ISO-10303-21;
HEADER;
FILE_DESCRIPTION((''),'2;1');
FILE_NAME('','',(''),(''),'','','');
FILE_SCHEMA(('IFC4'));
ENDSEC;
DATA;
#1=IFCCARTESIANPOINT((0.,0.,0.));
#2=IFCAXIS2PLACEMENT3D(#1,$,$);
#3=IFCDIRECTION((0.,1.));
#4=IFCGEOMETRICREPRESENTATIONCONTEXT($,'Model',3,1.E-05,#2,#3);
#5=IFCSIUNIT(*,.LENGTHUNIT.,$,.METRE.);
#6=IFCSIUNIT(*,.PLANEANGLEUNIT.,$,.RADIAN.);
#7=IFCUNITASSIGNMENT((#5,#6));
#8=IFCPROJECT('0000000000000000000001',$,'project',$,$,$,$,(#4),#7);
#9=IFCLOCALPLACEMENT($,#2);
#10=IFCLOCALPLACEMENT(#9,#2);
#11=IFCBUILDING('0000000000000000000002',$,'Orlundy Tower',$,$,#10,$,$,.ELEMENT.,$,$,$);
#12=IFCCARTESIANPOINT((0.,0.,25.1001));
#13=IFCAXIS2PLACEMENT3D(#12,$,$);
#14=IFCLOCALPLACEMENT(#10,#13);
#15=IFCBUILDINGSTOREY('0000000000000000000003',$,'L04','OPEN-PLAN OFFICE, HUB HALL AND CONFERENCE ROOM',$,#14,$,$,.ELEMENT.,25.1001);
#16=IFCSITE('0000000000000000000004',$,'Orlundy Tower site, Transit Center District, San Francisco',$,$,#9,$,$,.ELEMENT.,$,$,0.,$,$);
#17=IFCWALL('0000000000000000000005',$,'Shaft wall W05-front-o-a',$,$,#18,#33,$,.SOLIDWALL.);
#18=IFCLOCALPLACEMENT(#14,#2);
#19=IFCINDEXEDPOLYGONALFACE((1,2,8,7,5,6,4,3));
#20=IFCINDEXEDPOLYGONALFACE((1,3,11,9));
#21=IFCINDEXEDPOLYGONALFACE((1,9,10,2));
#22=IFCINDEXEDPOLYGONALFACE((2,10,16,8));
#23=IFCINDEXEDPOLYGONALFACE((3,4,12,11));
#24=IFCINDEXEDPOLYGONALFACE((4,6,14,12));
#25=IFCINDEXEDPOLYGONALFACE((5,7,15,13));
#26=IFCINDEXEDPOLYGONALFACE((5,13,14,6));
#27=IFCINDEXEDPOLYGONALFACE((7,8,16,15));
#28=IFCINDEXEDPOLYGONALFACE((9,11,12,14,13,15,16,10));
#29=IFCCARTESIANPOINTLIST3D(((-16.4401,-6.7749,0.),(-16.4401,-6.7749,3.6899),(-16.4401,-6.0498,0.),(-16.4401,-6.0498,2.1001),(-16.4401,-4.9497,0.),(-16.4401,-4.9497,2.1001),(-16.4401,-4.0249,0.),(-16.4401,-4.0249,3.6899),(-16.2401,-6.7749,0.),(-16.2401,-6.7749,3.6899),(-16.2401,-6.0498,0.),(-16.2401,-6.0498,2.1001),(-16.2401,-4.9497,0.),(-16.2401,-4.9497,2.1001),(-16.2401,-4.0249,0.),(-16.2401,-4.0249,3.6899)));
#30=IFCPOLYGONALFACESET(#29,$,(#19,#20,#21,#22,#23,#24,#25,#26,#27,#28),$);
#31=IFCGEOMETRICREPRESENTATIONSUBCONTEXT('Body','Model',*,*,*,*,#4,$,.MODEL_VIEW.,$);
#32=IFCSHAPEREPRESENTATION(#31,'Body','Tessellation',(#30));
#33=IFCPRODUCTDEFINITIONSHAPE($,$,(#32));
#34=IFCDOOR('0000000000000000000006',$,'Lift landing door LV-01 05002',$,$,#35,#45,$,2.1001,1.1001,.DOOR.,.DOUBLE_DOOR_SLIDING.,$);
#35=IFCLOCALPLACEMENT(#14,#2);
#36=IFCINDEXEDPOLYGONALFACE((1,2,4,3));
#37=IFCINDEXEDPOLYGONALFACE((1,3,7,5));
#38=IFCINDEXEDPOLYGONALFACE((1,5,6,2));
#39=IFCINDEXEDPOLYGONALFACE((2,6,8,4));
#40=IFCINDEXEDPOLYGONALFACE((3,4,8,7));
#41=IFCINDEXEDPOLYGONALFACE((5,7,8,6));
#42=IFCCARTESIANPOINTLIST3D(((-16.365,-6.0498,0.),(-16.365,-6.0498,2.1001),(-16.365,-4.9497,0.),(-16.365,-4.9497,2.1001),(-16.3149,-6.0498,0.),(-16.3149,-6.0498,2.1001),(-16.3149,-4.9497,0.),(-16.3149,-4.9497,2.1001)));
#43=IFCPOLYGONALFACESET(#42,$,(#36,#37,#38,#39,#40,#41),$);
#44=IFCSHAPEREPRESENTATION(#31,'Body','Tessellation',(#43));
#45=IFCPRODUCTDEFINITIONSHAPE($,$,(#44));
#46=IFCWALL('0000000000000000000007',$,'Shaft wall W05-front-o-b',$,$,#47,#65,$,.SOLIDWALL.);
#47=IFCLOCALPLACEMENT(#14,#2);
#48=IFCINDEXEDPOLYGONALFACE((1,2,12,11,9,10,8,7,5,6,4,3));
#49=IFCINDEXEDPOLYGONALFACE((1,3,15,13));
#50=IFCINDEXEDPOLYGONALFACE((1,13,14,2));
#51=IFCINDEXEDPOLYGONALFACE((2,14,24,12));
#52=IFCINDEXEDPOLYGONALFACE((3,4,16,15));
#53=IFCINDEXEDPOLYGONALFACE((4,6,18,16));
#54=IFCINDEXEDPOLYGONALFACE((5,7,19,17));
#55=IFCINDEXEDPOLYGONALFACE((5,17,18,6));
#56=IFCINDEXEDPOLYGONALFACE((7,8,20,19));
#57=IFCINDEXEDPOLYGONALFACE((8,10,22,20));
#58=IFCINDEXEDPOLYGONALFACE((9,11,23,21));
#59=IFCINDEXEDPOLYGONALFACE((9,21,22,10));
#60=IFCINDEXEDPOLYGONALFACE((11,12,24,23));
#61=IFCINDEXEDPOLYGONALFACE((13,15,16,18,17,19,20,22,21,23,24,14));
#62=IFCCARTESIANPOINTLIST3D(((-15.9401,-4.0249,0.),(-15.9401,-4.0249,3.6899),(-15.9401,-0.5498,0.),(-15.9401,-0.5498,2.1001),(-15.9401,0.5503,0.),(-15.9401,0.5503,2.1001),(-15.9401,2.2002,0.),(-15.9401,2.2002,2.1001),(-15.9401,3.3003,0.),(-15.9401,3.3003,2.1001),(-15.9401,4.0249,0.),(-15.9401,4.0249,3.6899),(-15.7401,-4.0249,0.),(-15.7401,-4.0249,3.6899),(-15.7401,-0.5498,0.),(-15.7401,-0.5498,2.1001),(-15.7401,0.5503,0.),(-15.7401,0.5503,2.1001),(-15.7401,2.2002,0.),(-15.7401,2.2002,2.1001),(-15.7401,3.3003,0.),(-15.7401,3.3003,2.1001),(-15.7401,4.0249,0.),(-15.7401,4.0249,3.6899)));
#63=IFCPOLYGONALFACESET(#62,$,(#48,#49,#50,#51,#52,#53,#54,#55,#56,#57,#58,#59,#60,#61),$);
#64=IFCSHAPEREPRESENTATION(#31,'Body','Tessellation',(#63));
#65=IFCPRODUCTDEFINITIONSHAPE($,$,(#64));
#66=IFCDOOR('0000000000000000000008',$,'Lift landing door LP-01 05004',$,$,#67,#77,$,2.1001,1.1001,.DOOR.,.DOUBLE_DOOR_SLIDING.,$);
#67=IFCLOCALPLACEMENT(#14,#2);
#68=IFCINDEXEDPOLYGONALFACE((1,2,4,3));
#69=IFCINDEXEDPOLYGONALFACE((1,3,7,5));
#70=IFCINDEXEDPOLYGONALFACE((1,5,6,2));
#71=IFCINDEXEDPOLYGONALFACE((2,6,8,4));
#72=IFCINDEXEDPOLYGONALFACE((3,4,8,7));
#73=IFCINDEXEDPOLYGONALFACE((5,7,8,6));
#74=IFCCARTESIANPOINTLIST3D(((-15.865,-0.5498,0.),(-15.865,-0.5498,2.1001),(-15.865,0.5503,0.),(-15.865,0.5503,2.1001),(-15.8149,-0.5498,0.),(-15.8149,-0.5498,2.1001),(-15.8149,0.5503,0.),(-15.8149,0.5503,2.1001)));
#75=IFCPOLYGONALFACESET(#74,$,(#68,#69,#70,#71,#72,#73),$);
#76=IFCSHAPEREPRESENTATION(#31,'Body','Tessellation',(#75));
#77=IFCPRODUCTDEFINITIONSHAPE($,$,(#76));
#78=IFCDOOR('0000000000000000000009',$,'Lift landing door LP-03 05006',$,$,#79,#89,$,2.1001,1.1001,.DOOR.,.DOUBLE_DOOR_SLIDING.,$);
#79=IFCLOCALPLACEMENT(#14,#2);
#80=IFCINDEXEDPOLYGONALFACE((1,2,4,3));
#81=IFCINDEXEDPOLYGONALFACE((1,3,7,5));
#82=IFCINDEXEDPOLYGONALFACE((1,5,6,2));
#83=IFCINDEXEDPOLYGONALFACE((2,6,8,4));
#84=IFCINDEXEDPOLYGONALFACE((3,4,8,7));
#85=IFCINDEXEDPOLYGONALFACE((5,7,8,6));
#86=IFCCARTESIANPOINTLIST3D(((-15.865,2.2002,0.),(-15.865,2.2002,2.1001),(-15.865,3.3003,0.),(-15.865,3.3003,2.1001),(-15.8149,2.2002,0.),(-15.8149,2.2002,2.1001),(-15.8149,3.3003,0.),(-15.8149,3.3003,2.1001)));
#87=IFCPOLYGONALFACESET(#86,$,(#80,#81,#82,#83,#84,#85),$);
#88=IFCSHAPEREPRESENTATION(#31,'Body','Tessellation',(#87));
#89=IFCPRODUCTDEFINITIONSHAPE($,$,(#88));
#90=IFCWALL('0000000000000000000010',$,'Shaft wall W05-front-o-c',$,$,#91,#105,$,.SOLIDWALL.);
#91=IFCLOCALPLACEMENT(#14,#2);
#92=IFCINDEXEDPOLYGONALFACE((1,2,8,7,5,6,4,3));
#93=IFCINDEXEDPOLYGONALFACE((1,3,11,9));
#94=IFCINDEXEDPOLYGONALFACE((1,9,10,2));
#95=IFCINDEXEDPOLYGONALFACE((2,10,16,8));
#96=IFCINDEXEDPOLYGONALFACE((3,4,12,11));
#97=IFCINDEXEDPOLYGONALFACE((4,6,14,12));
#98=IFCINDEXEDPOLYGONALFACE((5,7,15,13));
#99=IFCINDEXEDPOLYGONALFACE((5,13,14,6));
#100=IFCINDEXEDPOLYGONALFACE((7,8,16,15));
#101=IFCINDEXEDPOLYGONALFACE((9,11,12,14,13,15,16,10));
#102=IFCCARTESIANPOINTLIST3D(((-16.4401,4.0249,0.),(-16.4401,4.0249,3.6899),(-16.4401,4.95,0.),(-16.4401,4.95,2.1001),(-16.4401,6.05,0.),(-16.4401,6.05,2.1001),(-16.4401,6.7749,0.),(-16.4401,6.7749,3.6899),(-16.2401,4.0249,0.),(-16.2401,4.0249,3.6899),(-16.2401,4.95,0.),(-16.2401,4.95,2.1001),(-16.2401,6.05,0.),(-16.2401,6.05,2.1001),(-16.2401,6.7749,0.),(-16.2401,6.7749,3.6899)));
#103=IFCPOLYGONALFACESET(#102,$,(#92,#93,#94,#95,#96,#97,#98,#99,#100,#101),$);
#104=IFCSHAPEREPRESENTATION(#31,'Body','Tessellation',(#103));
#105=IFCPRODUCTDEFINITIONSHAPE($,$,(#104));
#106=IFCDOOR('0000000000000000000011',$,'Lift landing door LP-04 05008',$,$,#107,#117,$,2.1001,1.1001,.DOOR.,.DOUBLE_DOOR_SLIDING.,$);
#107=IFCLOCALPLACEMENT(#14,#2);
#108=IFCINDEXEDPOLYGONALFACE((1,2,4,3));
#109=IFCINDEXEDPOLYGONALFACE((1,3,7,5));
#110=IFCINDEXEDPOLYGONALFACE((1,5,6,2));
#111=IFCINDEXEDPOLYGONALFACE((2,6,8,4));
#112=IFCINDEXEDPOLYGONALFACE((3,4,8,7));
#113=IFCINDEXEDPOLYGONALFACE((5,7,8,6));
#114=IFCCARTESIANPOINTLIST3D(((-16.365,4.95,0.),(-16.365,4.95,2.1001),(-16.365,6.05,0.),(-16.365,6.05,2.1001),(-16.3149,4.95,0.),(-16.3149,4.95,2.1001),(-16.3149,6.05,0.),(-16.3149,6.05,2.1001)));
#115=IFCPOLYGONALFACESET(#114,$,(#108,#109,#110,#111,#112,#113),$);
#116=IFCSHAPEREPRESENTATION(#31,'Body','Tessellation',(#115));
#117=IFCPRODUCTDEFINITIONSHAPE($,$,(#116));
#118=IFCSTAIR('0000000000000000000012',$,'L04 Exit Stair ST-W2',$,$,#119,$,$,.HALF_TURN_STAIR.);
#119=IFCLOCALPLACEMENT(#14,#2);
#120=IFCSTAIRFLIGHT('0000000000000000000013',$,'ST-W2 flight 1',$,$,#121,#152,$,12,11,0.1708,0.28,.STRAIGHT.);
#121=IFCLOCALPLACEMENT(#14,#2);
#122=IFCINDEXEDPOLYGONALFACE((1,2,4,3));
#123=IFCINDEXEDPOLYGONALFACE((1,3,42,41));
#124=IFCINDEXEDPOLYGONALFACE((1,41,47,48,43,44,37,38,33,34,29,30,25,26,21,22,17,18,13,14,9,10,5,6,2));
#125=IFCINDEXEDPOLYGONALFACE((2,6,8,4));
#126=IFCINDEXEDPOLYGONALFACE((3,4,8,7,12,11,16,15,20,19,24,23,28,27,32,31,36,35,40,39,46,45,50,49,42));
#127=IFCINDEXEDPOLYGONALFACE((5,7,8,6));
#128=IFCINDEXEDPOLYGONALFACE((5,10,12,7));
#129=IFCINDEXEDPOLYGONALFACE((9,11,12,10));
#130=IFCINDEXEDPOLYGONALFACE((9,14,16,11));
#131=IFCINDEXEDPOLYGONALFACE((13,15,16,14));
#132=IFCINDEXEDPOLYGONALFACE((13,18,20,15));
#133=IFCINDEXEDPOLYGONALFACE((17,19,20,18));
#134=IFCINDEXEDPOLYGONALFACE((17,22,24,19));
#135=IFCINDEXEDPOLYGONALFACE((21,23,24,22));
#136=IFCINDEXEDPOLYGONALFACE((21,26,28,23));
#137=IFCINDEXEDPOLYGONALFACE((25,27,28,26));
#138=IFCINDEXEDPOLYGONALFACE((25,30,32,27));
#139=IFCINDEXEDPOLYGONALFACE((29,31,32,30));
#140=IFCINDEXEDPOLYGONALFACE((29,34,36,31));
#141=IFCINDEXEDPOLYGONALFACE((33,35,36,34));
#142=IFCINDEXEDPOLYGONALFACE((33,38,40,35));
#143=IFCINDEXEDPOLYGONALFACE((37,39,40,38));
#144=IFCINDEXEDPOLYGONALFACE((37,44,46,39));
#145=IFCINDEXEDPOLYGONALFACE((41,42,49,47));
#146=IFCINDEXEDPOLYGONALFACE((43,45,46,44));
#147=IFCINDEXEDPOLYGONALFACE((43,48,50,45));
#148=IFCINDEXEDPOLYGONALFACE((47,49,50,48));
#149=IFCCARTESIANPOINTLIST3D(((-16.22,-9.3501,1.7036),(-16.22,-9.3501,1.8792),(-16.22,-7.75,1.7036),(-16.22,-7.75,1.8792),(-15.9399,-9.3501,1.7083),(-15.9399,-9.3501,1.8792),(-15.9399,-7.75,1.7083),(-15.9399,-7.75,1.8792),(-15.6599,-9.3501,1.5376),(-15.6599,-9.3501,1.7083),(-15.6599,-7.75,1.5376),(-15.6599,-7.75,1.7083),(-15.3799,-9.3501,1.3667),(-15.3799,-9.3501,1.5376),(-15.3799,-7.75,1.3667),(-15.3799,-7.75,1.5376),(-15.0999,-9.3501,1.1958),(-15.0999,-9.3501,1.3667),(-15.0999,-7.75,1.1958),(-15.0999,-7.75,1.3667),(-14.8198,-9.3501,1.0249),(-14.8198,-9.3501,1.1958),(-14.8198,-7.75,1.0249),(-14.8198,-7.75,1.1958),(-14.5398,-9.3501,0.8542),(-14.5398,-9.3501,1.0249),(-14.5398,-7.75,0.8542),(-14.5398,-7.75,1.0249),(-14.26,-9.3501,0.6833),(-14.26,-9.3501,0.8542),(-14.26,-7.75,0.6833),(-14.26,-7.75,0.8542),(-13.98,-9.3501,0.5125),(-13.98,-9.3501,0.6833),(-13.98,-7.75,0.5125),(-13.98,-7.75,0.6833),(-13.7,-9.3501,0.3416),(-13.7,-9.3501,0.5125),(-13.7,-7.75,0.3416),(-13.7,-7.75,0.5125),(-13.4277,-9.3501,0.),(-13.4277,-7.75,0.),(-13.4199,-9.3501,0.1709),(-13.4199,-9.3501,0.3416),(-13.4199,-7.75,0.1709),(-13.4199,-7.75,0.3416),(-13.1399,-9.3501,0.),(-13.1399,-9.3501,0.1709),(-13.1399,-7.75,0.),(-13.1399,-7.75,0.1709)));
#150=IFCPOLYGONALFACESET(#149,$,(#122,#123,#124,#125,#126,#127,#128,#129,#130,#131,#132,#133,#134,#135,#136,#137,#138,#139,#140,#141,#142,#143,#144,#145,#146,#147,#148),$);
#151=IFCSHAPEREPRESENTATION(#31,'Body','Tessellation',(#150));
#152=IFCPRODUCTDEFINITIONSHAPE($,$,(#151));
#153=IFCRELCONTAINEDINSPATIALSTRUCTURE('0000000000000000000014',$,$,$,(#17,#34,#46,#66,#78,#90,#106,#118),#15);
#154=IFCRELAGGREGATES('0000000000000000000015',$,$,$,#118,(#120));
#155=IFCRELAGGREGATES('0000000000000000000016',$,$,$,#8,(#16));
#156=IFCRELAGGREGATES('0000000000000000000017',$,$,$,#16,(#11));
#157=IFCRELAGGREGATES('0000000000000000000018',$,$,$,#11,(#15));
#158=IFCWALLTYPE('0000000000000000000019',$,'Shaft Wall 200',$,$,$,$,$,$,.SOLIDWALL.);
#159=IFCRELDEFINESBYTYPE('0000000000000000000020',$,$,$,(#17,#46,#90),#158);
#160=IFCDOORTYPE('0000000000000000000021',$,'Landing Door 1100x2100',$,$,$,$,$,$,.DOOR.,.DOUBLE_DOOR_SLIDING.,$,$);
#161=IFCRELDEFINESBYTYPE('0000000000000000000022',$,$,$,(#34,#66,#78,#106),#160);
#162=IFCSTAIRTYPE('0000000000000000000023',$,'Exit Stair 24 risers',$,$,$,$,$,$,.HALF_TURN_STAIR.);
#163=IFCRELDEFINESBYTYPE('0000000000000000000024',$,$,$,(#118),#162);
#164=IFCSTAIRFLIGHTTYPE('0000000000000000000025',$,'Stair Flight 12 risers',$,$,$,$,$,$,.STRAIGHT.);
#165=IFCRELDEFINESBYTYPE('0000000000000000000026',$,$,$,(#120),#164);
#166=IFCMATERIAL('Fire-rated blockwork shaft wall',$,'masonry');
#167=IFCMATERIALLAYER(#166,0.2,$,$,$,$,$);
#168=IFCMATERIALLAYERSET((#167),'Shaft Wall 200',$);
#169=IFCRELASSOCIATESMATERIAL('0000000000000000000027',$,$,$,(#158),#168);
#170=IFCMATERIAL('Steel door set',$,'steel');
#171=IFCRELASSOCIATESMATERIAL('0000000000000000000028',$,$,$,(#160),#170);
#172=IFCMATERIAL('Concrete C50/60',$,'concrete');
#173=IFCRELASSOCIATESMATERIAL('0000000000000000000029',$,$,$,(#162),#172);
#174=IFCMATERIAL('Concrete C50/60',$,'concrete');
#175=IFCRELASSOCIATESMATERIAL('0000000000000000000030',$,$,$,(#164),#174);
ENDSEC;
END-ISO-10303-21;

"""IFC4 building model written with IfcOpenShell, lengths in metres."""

from ifc_helpers import new_model, si_unit, direction, frame, frame_2d, origin, place, context, subcontext, project, spatial, polyline, rectangle, outline, extrude, material, layer, layer_set, type_object, element, fill, aggregate, save


model = new_model("IFC4")

# Units and contexts
model_context = context("Model", 3, precision=1e-05, world=origin(), true_north=direction((0.0, 1.0)))
body_context = subcontext(model_context, "Body", "Model", "MODEL_VIEW")
ifc_project = project(units=[si_unit("LENGTHUNIT", "METRE"), si_unit("PLANEANGLEUNIT", "RADIAN")], contexts=[model_context])

# Site, building, storey
site_placement = place(None, origin())
site = spatial("IfcSite", under=ifc_project, at=site_placement, Name="Orlundy Tower site, Transit Center District, San Francisco", CompositionType="ELEMENT", RefElevation=0.0)
building_placement = place(site_placement, origin())
building = spatial("IfcBuilding", under=site, at=building_placement, Name="Orlundy Tower", CompositionType="ELEMENT")
storey_placement = place(building_placement, frame((0.0, 0.0, 25.1001)))
storey = spatial("IfcBuildingStorey", under=building, at=storey_placement, Name="L04", Description="OPEN-PLAN OFFICE, HUB HALL AND CONFERENCE ROOM", CompositionType="ELEMENT", Elevation=25.1001)

# Shared definitions
ifc_material_1 = material(Name="Fire-rated blockwork shaft wall", Category="masonry")
ifc_layer_1 = layer(ifc_material_1, 0.2)
ifc_layer_set_1 = layer_set([ifc_layer_1], Name="Shaft Wall 200")
wall_type_1 = type_object("IfcWallType", Name="Shaft Wall 200", PredefinedType="SOLIDWALL", material=ifc_layer_set_1)

# Wall, opening, door
wall_1_placement = place(storey_placement, frame((-16.3401, -6.7749, 0.0), z_axis=(0.0, 0.0, 1.0), x_axis=(0.0, 1.0, 0.0)))
wall_1 = element("IfcWall", 1, at=wall_1_placement, inside=storey, type_object=wall_type_1, Name="Shaft wall W05-front-o-a", PredefinedType="SOLIDWALL", context=body_context, shape_type="SweptSolid", body=[
    extrude(rectangle(XDim=2.75, YDim=0.2, at=frame_2d((1.375, 0.0))), origin(), (0.0, 0.0, 1.0), 3.6899),
])
opening_1_placement = place(wall_1_placement, frame((0.7251, 0.0, 0.0)))
opening_1 = element("IfcOpeningElement", 2, at=opening_1_placement, cuts=wall_1, PredefinedType="OPENING", context=body_context, shape_type="SweptSolid", body=[
    extrude(rectangle(XDim=1.1001, YDim=2.1001, at=frame_2d((0.55, 1.05))), frame((0.0, 0.1101, 0.0), z_axis=(0.0, -1.0, 0.0), x_axis=(1.0, 0.0, 0.0)), (0.0, 0.0, 1.0), 0.2202),
])
ifc_material_2 = material(Name="Steel door set", Category="steel")
door_type_1 = type_object("IfcDoorType", Name="Landing Door 1100x2100", OperationType="DOUBLE_DOOR_SLIDING", PredefinedType="DOOR", material=ifc_material_2)
door_1_placement = place(opening_1_placement, origin())
door_1 = element("IfcDoor", 3, at=door_1_placement, inside=storey, type_object=door_type_1, Name="Lift landing door LV-01 05002", OperationType="DOUBLE_DOOR_SLIDING", OverallHeight=2.1001, OverallWidth=1.1001, PredefinedType="DOOR", context=body_context, shape_type="SweptSolid", body=[
    extrude(rectangle(XDim=1.1001, YDim=2.1001, at=frame_2d((0.55, 1.05))), frame((0.0, 0.0249, 0.0), z_axis=(0.0, -1.0, 0.0), x_axis=(1.0, 0.0, 0.0)), (0.0, 0.0, 1.0), 0.05),
])
fill(opening_1, door_1)

# Wall, openings, doors
wall_2_placement = place(storey_placement, frame((-15.8401, -4.0249, 0.0), z_axis=(0.0, 0.0, 1.0), x_axis=(0.0, 1.0, 0.0)))
wall_2 = element("IfcWall", 4, at=wall_2_placement, inside=storey, type_object=wall_type_1, Name="Shaft wall W05-front-o-b", PredefinedType="SOLIDWALL", context=body_context, shape_type="SweptSolid", body=[
    extrude(rectangle(XDim=8.0498, YDim=0.2, at=frame_2d((4.0249, 0.0))), origin(), (0.0, 0.0, 1.0), 3.6899),
])
opening_2_placement = place(wall_2_placement, frame((3.4751, 0.0, 0.0)))
opening_2 = element("IfcOpeningElement", 5, at=opening_2_placement, cuts=wall_2, PredefinedType="OPENING", context=body_context, shape_type="SweptSolid", body=[
    extrude(rectangle(XDim=1.1001, YDim=2.1001, at=frame_2d((0.55, 1.05))), frame((0.0, 0.1101, 0.0), z_axis=(0.0, -1.0, 0.0), x_axis=(1.0, 0.0, 0.0)), (0.0, 0.0, 1.0), 0.2202),
])
opening_3_placement = place(wall_2_placement, frame((6.2251, 0.0, 0.0)))
opening_3 = element("IfcOpeningElement", 6, at=opening_3_placement, cuts=wall_2, PredefinedType="OPENING", context=body_context, shape_type="SweptSolid", body=[
    extrude(rectangle(XDim=1.1001, YDim=2.1001, at=frame_2d((0.55, 1.05))), frame((0.0, 0.1101, 0.0), z_axis=(0.0, -1.0, 0.0), x_axis=(1.0, 0.0, 0.0)), (0.0, 0.0, 1.0), 0.2202),
])
door_2_placement = place(opening_2_placement, origin())
door_2 = element("IfcDoor", 7, at=door_2_placement, inside=storey, type_object=door_type_1, Name="Lift landing door LP-01 05004", OperationType="DOUBLE_DOOR_SLIDING", OverallHeight=2.1001, OverallWidth=1.1001, PredefinedType="DOOR", context=body_context, shape_type="SweptSolid", body=[
    extrude(rectangle(XDim=1.1001, YDim=2.1001, at=frame_2d((0.55, 1.05))), frame((0.0, 0.0249, 0.0), z_axis=(0.0, -1.0, 0.0), x_axis=(1.0, 0.0, 0.0)), (0.0, 0.0, 1.0), 0.05),
])
fill(opening_2, door_2)
door_3_placement = place(opening_3_placement, origin())
door_3 = element("IfcDoor", 8, at=door_3_placement, inside=storey, type_object=door_type_1, Name="Lift landing door LP-03 05006", OperationType="DOUBLE_DOOR_SLIDING", OverallHeight=2.1001, OverallWidth=1.1001, PredefinedType="DOOR", context=body_context, shape_type="SweptSolid", body=[
    extrude(rectangle(XDim=1.1001, YDim=2.1001, at=frame_2d((0.55, 1.05))), frame((0.0, 0.0249, 0.0), z_axis=(0.0, -1.0, 0.0), x_axis=(1.0, 0.0, 0.0)), (0.0, 0.0, 1.0), 0.05),
])
fill(opening_3, door_3)

# Wall, opening, door
wall_3_placement = place(storey_placement, frame((-16.3401, 4.0249, 0.0), z_axis=(0.0, 0.0, 1.0), x_axis=(0.0, 1.0, 0.0)))
wall_3 = element("IfcWall", 9, at=wall_3_placement, inside=storey, type_object=wall_type_1, Name="Shaft wall W05-front-o-c", PredefinedType="SOLIDWALL", context=body_context, shape_type="SweptSolid", body=[
    extrude(rectangle(XDim=2.75, YDim=0.2, at=frame_2d((1.375, 0.0))), origin(), (0.0, 0.0, 1.0), 3.6899),
])
opening_4_placement = place(wall_3_placement, frame((0.925, 0.0, 0.0)))
opening_4 = element("IfcOpeningElement", 10, at=opening_4_placement, cuts=wall_3, PredefinedType="OPENING", context=body_context, shape_type="SweptSolid", body=[
    extrude(rectangle(XDim=1.1001, YDim=2.1001, at=frame_2d((0.55, 1.05))), frame((0.0, 0.1101, 0.0), z_axis=(0.0, -1.0, 0.0), x_axis=(1.0, 0.0, 0.0)), (0.0, 0.0, 1.0), 0.2202),
])
door_4_placement = place(opening_4_placement, origin())
door_4 = element("IfcDoor", 11, at=door_4_placement, inside=storey, type_object=door_type_1, Name="Lift landing door LP-04 05008", OperationType="DOUBLE_DOOR_SLIDING", OverallHeight=2.1001, OverallWidth=1.1001, PredefinedType="DOOR", context=body_context, shape_type="SweptSolid", body=[
    extrude(rectangle(XDim=1.1001, YDim=2.1001, at=frame_2d((0.55, 1.05))), frame((0.0, 0.0249, 0.0), z_axis=(0.0, -1.0, 0.0), x_axis=(1.0, 0.0, 0.0)), (0.0, 0.0, 1.0), 0.05),
])
fill(opening_4, door_4)

# Stair, stair flight
ifc_material_3 = material(Name="Concrete C50/60", Category="concrete")
stair_type = type_object("IfcStairType", Name="Exit Stair 24 risers", PredefinedType="HALF_TURN_STAIR", material=ifc_material_3)
stair_placement = place(storey_placement, origin())
stair = element("IfcStair", 12, at=stair_placement, inside=storey, type_object=stair_type, Name="L04 Exit Stair ST-W2", PredefinedType="HALF_TURN_STAIR")
ifc_material_4 = material(Name="Concrete C50/60", Category="concrete")
stair_flight_type = type_object("IfcStairFlightType", Name="Stair Flight 12 risers", PredefinedType="STRAIGHT", material=ifc_material_4)
stair_flight_1_placement = place(storey_placement, frame((-13.1399, -8.55, 0.0), z_axis=(0.0, 0.0, 1.0), x_axis=(-1.0, 0.0, 0.0)))
stair_flight_1 = element("IfcStairFlight", 13, at=stair_flight_1_placement, type_object=stair_flight_type, Name="ST-W2 flight 1", NumberOfRisers=12, NumberOfTreads=11, PredefinedType="STRAIGHT", RiserHeight=0.1708, TreadLength=0.28, context=body_context, shape_type="SweptSolid", body=[
    extrude(outline(polyline([(0.0, 0.0), (0.0, 0.1709), (0.28, 0.1709), (0.28, 0.3416), (0.5601, 0.3416), (0.5601, 0.5125), (0.8401, 0.5125), (0.8401, 0.6833), (1.1201, 0.6833), (1.1201, 0.8542), (1.3999, 0.8542), (1.3999, 1.0249), (1.6799, 1.0249), (1.6799, 1.1958), (1.96, 1.1958), (1.96, 1.3667), (2.24, 1.3667), (2.24, 1.5376), (2.52, 1.5376), (2.52, 1.7083), (2.8, 1.7083), (2.8, 1.8792), (3.0801, 1.8792), (3.0801, 2.05), (3.0801, 1.7036), (0.2878, 0.0), (0.0, 0.0)])), frame((0.0, 0.8, 0.0), z_axis=(0.0, -1.0, 0.0), x_axis=(1.0, 0.0, 0.0)), (0.0, 0.0, 1.0), 1.6001),
])
aggregate(stair, [stair_flight_1])

save(model, "model.ifc")
